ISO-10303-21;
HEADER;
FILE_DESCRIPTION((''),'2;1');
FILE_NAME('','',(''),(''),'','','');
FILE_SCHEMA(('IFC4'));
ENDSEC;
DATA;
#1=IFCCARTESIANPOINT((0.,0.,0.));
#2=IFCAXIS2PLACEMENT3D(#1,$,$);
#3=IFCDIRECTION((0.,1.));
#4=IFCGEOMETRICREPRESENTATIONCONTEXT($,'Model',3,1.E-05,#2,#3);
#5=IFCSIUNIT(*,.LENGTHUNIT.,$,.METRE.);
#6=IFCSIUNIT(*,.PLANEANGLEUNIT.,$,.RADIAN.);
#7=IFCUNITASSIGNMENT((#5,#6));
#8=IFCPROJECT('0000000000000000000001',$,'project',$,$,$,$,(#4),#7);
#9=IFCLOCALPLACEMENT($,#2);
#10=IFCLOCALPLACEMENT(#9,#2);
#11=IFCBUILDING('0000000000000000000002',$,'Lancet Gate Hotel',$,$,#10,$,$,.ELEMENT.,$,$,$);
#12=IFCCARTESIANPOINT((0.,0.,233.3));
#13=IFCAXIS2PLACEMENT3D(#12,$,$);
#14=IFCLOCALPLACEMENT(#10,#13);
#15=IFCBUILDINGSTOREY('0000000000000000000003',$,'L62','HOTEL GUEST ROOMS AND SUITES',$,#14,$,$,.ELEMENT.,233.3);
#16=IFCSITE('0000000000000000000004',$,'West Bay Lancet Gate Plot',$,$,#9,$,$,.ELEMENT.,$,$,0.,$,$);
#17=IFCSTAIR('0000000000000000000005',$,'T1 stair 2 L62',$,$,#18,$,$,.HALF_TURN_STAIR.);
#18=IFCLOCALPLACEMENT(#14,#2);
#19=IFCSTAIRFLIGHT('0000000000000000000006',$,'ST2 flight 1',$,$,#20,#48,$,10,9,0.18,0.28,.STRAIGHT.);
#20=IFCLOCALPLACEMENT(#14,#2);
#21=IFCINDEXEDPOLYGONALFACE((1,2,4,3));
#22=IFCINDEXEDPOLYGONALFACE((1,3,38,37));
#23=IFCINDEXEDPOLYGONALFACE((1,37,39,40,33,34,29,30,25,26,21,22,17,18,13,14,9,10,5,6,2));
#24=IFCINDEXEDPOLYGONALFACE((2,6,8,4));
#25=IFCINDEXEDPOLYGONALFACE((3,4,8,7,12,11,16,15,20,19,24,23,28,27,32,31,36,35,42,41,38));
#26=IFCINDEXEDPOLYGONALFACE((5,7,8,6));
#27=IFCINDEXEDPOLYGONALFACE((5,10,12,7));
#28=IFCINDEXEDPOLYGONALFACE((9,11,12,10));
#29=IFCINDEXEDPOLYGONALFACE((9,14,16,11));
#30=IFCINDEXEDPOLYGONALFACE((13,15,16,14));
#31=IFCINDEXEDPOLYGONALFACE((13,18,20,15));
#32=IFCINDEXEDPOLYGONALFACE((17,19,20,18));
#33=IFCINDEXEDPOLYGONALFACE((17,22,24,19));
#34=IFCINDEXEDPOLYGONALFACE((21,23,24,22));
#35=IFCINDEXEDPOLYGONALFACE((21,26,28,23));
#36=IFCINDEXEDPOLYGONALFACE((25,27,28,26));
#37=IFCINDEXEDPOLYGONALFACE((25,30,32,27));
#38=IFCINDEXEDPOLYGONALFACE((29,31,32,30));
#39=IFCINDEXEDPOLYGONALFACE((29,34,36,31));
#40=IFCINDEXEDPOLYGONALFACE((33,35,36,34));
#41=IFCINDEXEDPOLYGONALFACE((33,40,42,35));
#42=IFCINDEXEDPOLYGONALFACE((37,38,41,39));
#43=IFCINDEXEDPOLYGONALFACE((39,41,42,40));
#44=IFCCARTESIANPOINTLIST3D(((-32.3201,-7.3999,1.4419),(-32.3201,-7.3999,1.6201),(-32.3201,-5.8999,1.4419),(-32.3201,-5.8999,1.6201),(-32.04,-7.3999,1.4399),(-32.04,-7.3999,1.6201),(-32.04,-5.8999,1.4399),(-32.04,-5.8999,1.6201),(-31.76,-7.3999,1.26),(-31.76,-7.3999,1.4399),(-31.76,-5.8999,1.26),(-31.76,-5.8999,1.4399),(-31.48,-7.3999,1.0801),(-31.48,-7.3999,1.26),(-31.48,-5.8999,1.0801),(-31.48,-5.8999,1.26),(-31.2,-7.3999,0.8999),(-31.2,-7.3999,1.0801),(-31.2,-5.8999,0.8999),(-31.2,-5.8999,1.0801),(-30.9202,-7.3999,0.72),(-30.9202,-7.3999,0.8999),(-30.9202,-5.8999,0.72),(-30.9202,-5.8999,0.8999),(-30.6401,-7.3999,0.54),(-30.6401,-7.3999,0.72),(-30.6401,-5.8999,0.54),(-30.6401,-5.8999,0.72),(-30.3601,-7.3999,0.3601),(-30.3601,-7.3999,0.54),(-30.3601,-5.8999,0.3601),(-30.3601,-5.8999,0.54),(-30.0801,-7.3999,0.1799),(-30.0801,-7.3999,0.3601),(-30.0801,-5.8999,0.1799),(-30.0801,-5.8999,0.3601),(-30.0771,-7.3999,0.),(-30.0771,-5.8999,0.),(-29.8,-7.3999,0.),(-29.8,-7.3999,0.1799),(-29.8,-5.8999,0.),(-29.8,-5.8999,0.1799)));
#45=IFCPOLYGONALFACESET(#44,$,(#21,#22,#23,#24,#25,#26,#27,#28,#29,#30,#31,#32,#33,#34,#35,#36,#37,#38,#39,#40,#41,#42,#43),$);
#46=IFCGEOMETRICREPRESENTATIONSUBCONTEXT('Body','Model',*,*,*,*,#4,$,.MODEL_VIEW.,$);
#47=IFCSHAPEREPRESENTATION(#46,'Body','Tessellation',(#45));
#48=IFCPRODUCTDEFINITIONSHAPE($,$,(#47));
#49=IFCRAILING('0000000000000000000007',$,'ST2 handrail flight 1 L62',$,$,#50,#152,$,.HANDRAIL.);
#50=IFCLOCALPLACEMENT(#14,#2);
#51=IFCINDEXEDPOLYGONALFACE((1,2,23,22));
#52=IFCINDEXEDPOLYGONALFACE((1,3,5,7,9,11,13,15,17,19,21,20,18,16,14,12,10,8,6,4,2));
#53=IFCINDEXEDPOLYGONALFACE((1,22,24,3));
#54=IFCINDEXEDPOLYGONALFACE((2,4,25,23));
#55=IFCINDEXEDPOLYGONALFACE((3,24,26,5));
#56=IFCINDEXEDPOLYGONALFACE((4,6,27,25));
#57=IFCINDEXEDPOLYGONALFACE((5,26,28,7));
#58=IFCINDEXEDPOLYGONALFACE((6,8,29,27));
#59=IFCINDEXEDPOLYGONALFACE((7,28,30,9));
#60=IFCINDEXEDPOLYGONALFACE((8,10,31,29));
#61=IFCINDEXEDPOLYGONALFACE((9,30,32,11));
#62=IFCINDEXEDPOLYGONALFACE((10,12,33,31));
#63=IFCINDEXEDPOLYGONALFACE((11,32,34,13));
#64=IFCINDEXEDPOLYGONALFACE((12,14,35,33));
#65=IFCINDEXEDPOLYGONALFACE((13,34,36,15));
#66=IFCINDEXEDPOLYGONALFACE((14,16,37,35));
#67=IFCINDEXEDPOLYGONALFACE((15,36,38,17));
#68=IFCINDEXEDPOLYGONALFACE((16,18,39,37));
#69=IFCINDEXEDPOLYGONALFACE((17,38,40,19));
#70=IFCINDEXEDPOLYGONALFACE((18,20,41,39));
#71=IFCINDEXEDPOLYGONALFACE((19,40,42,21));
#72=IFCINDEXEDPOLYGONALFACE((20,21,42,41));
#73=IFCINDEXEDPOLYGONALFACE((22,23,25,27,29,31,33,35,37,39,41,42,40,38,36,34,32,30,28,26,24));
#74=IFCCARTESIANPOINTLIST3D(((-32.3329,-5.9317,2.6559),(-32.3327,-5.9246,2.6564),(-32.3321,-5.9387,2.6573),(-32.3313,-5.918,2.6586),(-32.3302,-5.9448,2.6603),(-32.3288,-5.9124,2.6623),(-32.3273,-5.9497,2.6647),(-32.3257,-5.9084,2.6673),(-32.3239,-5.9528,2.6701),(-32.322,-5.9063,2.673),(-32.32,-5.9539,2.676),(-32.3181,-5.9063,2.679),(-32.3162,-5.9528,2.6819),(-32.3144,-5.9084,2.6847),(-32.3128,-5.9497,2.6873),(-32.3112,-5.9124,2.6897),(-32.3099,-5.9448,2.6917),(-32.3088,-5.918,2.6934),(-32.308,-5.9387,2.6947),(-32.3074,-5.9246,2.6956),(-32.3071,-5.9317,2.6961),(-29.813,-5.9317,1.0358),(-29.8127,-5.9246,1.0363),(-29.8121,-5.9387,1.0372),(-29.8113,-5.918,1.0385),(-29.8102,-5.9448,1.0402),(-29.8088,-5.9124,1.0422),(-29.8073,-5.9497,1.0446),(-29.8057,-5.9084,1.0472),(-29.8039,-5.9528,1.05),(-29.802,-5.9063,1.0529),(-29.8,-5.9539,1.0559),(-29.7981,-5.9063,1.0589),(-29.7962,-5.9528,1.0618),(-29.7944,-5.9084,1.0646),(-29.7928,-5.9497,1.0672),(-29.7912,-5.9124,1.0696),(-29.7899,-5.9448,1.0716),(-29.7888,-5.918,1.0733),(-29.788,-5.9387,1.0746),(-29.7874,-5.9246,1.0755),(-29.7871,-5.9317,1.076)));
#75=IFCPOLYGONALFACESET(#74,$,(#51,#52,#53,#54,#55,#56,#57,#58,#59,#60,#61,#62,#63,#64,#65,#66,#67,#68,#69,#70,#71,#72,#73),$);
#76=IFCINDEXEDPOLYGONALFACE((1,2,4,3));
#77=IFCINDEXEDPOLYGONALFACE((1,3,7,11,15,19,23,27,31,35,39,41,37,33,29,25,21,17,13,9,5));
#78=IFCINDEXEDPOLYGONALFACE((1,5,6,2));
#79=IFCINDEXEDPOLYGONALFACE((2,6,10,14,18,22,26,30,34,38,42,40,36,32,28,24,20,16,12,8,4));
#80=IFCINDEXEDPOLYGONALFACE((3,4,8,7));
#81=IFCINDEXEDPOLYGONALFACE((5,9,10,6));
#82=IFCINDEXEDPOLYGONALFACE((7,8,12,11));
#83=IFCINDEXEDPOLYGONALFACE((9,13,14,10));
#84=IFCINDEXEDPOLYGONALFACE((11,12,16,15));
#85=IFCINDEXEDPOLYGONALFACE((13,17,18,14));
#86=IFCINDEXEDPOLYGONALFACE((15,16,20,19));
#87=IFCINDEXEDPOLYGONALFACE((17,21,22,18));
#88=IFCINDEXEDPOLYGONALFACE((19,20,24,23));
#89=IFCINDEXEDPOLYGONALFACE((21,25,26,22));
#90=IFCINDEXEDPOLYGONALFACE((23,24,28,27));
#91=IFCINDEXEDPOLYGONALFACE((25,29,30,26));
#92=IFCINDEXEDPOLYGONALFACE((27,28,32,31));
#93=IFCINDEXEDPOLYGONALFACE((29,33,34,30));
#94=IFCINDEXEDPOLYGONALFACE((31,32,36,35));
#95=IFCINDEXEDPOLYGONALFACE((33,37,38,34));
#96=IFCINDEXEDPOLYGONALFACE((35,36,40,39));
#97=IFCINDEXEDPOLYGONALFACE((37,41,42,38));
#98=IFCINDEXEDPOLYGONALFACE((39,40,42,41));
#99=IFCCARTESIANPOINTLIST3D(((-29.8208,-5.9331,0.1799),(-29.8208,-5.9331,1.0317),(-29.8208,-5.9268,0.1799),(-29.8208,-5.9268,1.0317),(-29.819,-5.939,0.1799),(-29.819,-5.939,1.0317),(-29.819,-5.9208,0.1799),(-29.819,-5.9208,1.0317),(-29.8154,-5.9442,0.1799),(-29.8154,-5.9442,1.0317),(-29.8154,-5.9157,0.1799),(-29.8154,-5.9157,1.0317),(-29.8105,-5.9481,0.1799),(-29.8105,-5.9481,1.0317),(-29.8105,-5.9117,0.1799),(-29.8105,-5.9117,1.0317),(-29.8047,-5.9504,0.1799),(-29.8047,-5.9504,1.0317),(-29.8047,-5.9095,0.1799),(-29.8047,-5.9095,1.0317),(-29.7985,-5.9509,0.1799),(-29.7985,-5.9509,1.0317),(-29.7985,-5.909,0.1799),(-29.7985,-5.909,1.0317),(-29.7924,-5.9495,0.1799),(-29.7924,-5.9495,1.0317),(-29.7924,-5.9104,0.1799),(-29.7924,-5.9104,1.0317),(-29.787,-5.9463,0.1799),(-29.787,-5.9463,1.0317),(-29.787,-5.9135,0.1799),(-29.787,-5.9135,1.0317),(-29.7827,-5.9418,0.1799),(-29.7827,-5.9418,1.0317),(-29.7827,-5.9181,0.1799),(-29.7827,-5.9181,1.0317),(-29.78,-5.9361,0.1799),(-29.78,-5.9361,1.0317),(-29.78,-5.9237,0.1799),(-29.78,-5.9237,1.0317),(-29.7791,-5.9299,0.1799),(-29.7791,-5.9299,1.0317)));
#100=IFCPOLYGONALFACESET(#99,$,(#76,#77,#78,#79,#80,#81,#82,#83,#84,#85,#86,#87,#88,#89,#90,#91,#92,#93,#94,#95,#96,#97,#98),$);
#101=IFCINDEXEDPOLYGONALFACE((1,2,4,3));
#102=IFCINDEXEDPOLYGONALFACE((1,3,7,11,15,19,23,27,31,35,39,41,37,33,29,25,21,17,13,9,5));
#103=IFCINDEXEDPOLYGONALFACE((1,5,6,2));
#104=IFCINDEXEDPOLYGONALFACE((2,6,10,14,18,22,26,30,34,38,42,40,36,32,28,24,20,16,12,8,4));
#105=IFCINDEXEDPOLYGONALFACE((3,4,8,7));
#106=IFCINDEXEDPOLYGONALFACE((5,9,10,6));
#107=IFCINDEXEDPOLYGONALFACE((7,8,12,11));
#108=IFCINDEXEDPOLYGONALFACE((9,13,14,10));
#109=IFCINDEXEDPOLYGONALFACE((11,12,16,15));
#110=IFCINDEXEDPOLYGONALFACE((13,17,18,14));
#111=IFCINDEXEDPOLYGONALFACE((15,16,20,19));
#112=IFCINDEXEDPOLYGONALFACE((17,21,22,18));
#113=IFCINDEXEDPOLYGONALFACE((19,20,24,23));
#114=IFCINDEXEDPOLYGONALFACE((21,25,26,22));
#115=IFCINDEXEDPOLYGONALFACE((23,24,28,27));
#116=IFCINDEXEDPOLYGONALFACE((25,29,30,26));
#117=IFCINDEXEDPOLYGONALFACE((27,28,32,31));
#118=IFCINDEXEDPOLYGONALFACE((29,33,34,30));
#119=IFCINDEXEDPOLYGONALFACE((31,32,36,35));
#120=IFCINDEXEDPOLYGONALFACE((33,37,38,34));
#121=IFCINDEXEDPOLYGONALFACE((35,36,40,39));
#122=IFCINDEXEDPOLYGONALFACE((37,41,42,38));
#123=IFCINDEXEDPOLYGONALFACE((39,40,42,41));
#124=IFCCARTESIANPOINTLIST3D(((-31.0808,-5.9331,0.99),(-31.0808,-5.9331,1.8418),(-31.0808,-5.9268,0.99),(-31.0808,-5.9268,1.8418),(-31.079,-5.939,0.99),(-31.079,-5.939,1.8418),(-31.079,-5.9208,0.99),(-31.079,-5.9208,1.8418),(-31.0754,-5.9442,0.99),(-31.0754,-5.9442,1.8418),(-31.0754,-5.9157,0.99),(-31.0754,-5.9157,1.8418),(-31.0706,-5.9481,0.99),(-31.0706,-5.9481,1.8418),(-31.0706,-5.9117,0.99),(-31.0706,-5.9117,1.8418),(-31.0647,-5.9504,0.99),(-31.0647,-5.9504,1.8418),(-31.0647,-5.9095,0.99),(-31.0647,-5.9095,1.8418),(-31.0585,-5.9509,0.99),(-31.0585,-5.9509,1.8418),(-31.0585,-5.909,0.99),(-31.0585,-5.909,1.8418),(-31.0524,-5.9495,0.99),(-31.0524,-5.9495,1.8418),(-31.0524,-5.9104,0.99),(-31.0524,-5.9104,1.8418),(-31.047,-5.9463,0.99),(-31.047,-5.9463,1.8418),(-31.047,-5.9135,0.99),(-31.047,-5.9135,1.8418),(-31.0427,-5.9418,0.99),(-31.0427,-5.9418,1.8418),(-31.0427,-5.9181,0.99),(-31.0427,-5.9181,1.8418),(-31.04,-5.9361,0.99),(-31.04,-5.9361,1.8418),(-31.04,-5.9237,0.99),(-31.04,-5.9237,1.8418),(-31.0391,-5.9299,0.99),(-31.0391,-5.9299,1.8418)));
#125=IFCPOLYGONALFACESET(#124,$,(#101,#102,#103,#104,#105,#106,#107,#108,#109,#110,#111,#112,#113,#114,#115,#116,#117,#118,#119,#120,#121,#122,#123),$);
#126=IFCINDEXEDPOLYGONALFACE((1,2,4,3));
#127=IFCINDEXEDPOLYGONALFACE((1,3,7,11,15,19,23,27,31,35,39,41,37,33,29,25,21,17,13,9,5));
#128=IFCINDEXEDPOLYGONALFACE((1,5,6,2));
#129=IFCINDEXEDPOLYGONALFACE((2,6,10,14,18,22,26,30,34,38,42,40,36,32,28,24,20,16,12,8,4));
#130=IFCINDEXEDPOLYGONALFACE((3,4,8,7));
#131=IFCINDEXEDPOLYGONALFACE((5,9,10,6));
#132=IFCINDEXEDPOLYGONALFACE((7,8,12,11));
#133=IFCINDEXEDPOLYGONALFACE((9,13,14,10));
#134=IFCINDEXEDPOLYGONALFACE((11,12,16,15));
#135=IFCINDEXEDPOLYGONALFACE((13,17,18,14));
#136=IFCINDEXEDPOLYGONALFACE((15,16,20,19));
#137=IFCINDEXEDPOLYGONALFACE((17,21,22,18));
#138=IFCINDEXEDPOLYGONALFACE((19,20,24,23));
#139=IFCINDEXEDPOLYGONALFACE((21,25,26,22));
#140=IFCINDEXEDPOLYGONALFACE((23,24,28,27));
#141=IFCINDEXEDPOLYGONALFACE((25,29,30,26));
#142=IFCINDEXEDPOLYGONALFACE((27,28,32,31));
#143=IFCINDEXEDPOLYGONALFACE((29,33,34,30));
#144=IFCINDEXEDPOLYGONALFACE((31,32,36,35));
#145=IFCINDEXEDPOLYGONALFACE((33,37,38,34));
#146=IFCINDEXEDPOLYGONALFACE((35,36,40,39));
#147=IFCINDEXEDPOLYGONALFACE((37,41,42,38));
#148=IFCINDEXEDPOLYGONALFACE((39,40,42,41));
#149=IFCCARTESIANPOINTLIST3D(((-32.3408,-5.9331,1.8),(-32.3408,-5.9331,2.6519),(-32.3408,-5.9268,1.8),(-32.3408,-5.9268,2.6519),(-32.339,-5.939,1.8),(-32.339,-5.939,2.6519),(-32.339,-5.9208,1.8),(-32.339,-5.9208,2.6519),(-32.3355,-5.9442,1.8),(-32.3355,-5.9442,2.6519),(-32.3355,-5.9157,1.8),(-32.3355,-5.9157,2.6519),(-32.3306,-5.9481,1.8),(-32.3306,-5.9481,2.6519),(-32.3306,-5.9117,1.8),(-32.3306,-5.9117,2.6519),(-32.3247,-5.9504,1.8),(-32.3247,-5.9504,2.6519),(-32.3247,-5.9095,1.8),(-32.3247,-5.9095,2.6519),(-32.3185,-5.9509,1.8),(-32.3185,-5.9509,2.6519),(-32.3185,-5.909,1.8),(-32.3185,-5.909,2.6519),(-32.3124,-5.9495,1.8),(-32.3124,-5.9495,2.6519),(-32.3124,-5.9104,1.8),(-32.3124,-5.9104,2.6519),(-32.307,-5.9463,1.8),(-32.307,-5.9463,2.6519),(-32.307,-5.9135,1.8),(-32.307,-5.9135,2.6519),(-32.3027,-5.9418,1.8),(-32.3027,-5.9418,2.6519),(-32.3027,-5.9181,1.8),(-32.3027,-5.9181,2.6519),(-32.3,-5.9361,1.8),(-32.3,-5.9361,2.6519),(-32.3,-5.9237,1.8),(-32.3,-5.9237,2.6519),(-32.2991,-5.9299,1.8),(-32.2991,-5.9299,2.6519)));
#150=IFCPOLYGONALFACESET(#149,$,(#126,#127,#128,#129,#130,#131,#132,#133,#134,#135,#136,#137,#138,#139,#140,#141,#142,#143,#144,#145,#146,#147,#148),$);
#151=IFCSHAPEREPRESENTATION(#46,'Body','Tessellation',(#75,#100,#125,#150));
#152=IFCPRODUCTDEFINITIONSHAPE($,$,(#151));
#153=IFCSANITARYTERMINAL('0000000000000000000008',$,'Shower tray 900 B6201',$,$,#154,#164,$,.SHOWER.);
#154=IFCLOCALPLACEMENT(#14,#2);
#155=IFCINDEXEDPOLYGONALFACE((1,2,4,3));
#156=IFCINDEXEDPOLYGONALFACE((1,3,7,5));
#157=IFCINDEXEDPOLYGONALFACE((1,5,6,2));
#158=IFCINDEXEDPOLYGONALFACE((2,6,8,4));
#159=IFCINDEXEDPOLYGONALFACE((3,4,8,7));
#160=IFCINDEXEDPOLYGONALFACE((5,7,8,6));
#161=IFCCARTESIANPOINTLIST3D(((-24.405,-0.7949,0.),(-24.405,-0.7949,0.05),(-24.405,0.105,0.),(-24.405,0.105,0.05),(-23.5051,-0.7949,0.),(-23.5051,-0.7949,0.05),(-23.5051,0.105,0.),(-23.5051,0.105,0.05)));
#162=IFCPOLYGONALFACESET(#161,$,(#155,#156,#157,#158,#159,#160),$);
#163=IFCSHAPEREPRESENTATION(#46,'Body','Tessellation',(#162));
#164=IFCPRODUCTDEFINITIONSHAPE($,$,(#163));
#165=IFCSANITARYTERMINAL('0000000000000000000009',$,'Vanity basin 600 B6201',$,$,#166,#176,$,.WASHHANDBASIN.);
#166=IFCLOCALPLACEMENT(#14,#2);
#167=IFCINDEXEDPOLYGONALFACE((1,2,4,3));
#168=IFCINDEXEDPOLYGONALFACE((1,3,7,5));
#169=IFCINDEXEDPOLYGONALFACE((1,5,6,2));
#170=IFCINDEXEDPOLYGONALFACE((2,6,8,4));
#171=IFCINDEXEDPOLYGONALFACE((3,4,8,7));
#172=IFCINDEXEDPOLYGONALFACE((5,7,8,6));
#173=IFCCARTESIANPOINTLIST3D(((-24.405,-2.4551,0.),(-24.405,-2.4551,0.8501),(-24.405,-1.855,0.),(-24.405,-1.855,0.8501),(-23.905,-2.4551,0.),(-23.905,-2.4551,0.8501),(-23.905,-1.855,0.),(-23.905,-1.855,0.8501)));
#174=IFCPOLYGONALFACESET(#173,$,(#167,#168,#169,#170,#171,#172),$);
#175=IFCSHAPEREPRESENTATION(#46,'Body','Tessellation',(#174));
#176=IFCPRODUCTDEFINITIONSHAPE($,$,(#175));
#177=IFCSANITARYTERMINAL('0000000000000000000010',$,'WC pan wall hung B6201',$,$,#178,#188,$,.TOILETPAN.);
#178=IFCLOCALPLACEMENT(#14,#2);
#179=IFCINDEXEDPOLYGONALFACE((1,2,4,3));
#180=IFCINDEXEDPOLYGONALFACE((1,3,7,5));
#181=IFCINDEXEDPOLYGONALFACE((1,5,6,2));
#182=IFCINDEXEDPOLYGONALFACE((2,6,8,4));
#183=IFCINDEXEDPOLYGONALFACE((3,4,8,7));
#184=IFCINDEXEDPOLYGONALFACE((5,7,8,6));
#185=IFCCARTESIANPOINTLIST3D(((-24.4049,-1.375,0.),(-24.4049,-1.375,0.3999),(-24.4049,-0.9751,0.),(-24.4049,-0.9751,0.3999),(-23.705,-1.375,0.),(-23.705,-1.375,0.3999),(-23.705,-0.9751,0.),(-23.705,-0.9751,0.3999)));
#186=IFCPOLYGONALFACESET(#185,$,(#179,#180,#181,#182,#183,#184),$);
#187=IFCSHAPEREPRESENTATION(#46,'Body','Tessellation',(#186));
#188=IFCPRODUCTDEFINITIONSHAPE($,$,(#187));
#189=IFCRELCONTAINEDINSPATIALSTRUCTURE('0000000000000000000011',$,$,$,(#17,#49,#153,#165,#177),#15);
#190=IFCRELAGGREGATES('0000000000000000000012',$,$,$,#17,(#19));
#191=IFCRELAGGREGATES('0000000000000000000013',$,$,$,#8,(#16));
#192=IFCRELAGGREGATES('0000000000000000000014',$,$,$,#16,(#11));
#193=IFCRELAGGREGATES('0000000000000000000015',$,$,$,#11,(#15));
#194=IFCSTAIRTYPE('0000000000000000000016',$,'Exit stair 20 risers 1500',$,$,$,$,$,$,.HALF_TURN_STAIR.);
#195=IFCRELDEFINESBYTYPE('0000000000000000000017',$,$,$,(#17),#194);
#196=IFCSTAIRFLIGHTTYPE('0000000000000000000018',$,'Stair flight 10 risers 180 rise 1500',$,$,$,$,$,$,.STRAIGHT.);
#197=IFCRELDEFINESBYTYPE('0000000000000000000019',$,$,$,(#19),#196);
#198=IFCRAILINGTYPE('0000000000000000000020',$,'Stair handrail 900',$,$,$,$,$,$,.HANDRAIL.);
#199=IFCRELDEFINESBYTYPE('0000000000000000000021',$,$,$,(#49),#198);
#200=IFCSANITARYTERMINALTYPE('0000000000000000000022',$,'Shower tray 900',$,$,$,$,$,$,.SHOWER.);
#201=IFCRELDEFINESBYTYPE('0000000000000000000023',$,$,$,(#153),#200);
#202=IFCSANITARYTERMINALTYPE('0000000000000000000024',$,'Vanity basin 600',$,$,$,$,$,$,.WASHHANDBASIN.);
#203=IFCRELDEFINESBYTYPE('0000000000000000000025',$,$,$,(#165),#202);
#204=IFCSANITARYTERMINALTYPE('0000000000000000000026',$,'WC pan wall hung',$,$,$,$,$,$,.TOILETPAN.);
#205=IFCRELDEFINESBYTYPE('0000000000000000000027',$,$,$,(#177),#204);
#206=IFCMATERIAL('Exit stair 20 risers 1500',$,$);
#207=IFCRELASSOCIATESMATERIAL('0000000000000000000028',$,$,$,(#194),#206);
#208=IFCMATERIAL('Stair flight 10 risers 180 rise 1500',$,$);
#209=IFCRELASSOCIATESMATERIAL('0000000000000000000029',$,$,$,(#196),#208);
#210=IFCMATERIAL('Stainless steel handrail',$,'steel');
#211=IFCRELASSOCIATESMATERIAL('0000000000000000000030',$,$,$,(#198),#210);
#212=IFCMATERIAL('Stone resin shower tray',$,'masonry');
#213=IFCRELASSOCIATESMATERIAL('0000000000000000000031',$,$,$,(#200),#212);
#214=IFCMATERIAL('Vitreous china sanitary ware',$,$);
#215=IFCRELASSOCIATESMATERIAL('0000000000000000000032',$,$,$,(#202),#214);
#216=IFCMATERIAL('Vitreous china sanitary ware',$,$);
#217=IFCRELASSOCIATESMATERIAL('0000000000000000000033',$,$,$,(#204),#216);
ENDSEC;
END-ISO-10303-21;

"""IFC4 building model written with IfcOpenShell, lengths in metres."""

from ifc_helpers import new_model, si_unit, direction, frame, origin, origin_2d, place, context, subcontext, project, spatial, polyline, rectangle, circle, outline, extrude, material, type_object, element, aggregate, save


model = new_model("IFC4")

# Units and contexts
model_context = context("Model", 3, precision=1e-05, world=origin(), true_north=direction((0.0, 1.0)))
body_context = subcontext(model_context, "Body", "Model", "MODEL_VIEW")
ifc_project = project(units=[si_unit("LENGTHUNIT", "METRE"), si_unit("PLANEANGLEUNIT", "RADIAN")], contexts=[model_context])

# Site, building, storey
site_placement = place(None, origin())
site = spatial("IfcSite", under=ifc_project, at=site_placement, Name="West Bay Lancet Gate Plot", CompositionType="ELEMENT", RefElevation=0.0)
building_placement = place(site_placement, origin())
building = spatial("IfcBuilding", under=site, at=building_placement, Name="Lancet Gate Hotel", CompositionType="ELEMENT")
storey_placement = place(building_placement, frame((0.0, 0.0, 233.3)))
storey = spatial("IfcBuildingStorey", under=building, at=storey_placement, Name="L62", Description="HOTEL GUEST ROOMS AND SUITES", CompositionType="ELEMENT", Elevation=233.3)

# Stair, stair flight
ifc_material_1 = material(Name="Exit stair 20 risers 1500")
stair_type = type_object("IfcStairType", Name="Exit stair 20 risers 1500", PredefinedType="HALF_TURN_STAIR", material=ifc_material_1)
stair_placement = place(storey_placement, origin())
stair = element("IfcStair", 1, at=stair_placement, inside=storey, type_object=stair_type, Name="T1 stair 2 L62", PredefinedType="HALF_TURN_STAIR")
ifc_material_2 = material(Name="Stair flight 10 risers 180 rise 1500")
stair_flight_type = type_object("IfcStairFlightType", Name="Stair flight 10 risers 180 rise 1500", PredefinedType="STRAIGHT", material=ifc_material_2)
stair_flight_placement = place(storey_placement, frame((-29.8, -6.6499, 0.0), z_axis=(0.0, 0.0, 1.0), x_axis=(-1.0, 0.0, 0.0)))
stair_flight = element("IfcStairFlight", 2, at=stair_flight_placement, type_object=stair_flight_type, Name="ST2 flight 1", NumberOfRisers=10, NumberOfTreads=9, PredefinedType="STRAIGHT", RiserHeight=0.18, TreadLength=0.28, context=body_context, shape_type="SweptSolid", body=[
    extrude(outline(polyline([(0.0, 0.0), (0.0, 0.1799), (0.28, 0.1799), (0.28, 0.3601), (0.5601, 0.3601), (0.5601, 0.54), (0.8401, 0.54), (0.8401, 0.72), (1.1201, 0.72), (1.1201, 0.8999), (1.3999, 0.8999), (1.3999, 1.0801), (1.6799, 1.0801), (1.6799, 1.26), (1.96, 1.26), (1.96, 1.4399), (2.24, 1.4399), (2.24, 1.6201), (2.52, 1.6201), (2.52, 1.8), (2.52, 1.4419), (0.2771, 0.0), (0.0, 0.0)])), frame((0.0, 0.75, 0.0), z_axis=(0.0, -1.0, 0.0), x_axis=(1.0, 0.0, 0.0)), (0.0, 0.0, 1.0), 1.5),
])
aggregate(stair, [stair_flight])

# Railing
ifc_material_3 = material(Name="Stainless steel handrail", Category="steel")
railing_type = type_object("IfcRailingType", Name="Stair handrail 900", PredefinedType="HANDRAIL", material=ifc_material_3)
railing_placement = place(storey_placement, frame((-29.8, -5.9299, 0.1799)))
element("IfcRailing", 3, at=railing_placement, inside=storey, type_object=railing_type, Name="ST2 handrail flight 1 L62", PredefinedType="HANDRAIL", context=body_context, shape_type="SweptSolid", body=[
    extrude(circle(Radius=0.0239, at=origin_2d()), frame((0.0, 0.0, 0.876), z_axis=(-0.841163, 0.0, 0.540782), x_axis=(0.0, -1.0, 0.0)), (0.0, 0.0, 1.0), 2.9958),
    extrude(circle(Radius=0.021, at=origin_2d()), origin(), (0.0, 0.0, 1.0), 0.8518),
    extrude(circle(Radius=0.021, at=origin_2d()), frame((-1.26, 0.0, 0.8101)), (0.0, 0.0, 1.0), 0.8518),
    extrude(circle(Radius=0.021, at=origin_2d()), frame((-2.52, 0.0, 1.6201)), (0.0, 0.0, 1.0), 0.8518),
])

# Sanitary terminals
ifc_material_4 = material(Name="Stone resin shower tray", Category="masonry")
sanitary_terminal_type_1 = type_object("IfcSanitaryTerminalType", Name="Shower tray 900", PredefinedType="SHOWER", material=ifc_material_4)
sanitary_terminal_1_placement = place(storey_placement, frame((-23.9551, -0.345, 0.0), z_axis=(0.0, 0.0, 1.0), x_axis=(0.0, 1.0, 0.0)))
element("IfcSanitaryTerminal", 4, at=sanitary_terminal_1_placement, inside=storey, type_object=sanitary_terminal_type_1, Name="Shower tray 900 B6201", PredefinedType="SHOWER", context=body_context, shape_type="SweptSolid", body=[
    extrude(rectangle(XDim=0.8999, YDim=0.8999, at=origin_2d()), origin(), (0.0, 0.0, 1.0), 0.05),
])
ifc_material_5 = material(Name="Vitreous china sanitary ware")
sanitary_terminal_type_2 = type_object("IfcSanitaryTerminalType", Name="Vanity basin 600", PredefinedType="WASHHANDBASIN", material=ifc_material_5)
sanitary_terminal_2_placement = place(storey_placement, frame((-24.155, -2.155, 0.0), z_axis=(0.0, 0.0, 1.0), x_axis=(0.0, 1.0, 0.0)))
element("IfcSanitaryTerminal", 5, at=sanitary_terminal_2_placement, inside=storey, type_object=sanitary_terminal_type_2, Name="Vanity basin 600 B6201", PredefinedType="WASHHANDBASIN", context=body_context, shape_type="SweptSolid", body=[
    extrude(rectangle(XDim=0.6001, YDim=0.5, at=origin_2d()), origin(), (0.0, 0.0, 1.0), 0.8501),
])
ifc_material_6 = material(Name="Vitreous china sanitary ware")
sanitary_terminal_type_3 = type_object("IfcSanitaryTerminalType", Name="WC pan wall hung", PredefinedType="TOILETPAN", material=ifc_material_6)
sanitary_terminal_3_placement = place(storey_placement, frame((-24.0549, -1.175, 0.0), z_axis=(0.0, 0.0, 1.0), x_axis=(0.0, 1.0, 0.0)))
element("IfcSanitaryTerminal", 6, at=sanitary_terminal_3_placement, inside=storey, type_object=sanitary_terminal_type_3, Name="WC pan wall hung B6201", PredefinedType="TOILETPAN", context=body_context, shape_type="SweptSolid", body=[
    extrude(rectangle(XDim=0.3999, YDim=0.7, at=origin_2d()), origin(), (0.0, 0.0, 1.0), 0.3999),
])

save(model, "model.ifc")
